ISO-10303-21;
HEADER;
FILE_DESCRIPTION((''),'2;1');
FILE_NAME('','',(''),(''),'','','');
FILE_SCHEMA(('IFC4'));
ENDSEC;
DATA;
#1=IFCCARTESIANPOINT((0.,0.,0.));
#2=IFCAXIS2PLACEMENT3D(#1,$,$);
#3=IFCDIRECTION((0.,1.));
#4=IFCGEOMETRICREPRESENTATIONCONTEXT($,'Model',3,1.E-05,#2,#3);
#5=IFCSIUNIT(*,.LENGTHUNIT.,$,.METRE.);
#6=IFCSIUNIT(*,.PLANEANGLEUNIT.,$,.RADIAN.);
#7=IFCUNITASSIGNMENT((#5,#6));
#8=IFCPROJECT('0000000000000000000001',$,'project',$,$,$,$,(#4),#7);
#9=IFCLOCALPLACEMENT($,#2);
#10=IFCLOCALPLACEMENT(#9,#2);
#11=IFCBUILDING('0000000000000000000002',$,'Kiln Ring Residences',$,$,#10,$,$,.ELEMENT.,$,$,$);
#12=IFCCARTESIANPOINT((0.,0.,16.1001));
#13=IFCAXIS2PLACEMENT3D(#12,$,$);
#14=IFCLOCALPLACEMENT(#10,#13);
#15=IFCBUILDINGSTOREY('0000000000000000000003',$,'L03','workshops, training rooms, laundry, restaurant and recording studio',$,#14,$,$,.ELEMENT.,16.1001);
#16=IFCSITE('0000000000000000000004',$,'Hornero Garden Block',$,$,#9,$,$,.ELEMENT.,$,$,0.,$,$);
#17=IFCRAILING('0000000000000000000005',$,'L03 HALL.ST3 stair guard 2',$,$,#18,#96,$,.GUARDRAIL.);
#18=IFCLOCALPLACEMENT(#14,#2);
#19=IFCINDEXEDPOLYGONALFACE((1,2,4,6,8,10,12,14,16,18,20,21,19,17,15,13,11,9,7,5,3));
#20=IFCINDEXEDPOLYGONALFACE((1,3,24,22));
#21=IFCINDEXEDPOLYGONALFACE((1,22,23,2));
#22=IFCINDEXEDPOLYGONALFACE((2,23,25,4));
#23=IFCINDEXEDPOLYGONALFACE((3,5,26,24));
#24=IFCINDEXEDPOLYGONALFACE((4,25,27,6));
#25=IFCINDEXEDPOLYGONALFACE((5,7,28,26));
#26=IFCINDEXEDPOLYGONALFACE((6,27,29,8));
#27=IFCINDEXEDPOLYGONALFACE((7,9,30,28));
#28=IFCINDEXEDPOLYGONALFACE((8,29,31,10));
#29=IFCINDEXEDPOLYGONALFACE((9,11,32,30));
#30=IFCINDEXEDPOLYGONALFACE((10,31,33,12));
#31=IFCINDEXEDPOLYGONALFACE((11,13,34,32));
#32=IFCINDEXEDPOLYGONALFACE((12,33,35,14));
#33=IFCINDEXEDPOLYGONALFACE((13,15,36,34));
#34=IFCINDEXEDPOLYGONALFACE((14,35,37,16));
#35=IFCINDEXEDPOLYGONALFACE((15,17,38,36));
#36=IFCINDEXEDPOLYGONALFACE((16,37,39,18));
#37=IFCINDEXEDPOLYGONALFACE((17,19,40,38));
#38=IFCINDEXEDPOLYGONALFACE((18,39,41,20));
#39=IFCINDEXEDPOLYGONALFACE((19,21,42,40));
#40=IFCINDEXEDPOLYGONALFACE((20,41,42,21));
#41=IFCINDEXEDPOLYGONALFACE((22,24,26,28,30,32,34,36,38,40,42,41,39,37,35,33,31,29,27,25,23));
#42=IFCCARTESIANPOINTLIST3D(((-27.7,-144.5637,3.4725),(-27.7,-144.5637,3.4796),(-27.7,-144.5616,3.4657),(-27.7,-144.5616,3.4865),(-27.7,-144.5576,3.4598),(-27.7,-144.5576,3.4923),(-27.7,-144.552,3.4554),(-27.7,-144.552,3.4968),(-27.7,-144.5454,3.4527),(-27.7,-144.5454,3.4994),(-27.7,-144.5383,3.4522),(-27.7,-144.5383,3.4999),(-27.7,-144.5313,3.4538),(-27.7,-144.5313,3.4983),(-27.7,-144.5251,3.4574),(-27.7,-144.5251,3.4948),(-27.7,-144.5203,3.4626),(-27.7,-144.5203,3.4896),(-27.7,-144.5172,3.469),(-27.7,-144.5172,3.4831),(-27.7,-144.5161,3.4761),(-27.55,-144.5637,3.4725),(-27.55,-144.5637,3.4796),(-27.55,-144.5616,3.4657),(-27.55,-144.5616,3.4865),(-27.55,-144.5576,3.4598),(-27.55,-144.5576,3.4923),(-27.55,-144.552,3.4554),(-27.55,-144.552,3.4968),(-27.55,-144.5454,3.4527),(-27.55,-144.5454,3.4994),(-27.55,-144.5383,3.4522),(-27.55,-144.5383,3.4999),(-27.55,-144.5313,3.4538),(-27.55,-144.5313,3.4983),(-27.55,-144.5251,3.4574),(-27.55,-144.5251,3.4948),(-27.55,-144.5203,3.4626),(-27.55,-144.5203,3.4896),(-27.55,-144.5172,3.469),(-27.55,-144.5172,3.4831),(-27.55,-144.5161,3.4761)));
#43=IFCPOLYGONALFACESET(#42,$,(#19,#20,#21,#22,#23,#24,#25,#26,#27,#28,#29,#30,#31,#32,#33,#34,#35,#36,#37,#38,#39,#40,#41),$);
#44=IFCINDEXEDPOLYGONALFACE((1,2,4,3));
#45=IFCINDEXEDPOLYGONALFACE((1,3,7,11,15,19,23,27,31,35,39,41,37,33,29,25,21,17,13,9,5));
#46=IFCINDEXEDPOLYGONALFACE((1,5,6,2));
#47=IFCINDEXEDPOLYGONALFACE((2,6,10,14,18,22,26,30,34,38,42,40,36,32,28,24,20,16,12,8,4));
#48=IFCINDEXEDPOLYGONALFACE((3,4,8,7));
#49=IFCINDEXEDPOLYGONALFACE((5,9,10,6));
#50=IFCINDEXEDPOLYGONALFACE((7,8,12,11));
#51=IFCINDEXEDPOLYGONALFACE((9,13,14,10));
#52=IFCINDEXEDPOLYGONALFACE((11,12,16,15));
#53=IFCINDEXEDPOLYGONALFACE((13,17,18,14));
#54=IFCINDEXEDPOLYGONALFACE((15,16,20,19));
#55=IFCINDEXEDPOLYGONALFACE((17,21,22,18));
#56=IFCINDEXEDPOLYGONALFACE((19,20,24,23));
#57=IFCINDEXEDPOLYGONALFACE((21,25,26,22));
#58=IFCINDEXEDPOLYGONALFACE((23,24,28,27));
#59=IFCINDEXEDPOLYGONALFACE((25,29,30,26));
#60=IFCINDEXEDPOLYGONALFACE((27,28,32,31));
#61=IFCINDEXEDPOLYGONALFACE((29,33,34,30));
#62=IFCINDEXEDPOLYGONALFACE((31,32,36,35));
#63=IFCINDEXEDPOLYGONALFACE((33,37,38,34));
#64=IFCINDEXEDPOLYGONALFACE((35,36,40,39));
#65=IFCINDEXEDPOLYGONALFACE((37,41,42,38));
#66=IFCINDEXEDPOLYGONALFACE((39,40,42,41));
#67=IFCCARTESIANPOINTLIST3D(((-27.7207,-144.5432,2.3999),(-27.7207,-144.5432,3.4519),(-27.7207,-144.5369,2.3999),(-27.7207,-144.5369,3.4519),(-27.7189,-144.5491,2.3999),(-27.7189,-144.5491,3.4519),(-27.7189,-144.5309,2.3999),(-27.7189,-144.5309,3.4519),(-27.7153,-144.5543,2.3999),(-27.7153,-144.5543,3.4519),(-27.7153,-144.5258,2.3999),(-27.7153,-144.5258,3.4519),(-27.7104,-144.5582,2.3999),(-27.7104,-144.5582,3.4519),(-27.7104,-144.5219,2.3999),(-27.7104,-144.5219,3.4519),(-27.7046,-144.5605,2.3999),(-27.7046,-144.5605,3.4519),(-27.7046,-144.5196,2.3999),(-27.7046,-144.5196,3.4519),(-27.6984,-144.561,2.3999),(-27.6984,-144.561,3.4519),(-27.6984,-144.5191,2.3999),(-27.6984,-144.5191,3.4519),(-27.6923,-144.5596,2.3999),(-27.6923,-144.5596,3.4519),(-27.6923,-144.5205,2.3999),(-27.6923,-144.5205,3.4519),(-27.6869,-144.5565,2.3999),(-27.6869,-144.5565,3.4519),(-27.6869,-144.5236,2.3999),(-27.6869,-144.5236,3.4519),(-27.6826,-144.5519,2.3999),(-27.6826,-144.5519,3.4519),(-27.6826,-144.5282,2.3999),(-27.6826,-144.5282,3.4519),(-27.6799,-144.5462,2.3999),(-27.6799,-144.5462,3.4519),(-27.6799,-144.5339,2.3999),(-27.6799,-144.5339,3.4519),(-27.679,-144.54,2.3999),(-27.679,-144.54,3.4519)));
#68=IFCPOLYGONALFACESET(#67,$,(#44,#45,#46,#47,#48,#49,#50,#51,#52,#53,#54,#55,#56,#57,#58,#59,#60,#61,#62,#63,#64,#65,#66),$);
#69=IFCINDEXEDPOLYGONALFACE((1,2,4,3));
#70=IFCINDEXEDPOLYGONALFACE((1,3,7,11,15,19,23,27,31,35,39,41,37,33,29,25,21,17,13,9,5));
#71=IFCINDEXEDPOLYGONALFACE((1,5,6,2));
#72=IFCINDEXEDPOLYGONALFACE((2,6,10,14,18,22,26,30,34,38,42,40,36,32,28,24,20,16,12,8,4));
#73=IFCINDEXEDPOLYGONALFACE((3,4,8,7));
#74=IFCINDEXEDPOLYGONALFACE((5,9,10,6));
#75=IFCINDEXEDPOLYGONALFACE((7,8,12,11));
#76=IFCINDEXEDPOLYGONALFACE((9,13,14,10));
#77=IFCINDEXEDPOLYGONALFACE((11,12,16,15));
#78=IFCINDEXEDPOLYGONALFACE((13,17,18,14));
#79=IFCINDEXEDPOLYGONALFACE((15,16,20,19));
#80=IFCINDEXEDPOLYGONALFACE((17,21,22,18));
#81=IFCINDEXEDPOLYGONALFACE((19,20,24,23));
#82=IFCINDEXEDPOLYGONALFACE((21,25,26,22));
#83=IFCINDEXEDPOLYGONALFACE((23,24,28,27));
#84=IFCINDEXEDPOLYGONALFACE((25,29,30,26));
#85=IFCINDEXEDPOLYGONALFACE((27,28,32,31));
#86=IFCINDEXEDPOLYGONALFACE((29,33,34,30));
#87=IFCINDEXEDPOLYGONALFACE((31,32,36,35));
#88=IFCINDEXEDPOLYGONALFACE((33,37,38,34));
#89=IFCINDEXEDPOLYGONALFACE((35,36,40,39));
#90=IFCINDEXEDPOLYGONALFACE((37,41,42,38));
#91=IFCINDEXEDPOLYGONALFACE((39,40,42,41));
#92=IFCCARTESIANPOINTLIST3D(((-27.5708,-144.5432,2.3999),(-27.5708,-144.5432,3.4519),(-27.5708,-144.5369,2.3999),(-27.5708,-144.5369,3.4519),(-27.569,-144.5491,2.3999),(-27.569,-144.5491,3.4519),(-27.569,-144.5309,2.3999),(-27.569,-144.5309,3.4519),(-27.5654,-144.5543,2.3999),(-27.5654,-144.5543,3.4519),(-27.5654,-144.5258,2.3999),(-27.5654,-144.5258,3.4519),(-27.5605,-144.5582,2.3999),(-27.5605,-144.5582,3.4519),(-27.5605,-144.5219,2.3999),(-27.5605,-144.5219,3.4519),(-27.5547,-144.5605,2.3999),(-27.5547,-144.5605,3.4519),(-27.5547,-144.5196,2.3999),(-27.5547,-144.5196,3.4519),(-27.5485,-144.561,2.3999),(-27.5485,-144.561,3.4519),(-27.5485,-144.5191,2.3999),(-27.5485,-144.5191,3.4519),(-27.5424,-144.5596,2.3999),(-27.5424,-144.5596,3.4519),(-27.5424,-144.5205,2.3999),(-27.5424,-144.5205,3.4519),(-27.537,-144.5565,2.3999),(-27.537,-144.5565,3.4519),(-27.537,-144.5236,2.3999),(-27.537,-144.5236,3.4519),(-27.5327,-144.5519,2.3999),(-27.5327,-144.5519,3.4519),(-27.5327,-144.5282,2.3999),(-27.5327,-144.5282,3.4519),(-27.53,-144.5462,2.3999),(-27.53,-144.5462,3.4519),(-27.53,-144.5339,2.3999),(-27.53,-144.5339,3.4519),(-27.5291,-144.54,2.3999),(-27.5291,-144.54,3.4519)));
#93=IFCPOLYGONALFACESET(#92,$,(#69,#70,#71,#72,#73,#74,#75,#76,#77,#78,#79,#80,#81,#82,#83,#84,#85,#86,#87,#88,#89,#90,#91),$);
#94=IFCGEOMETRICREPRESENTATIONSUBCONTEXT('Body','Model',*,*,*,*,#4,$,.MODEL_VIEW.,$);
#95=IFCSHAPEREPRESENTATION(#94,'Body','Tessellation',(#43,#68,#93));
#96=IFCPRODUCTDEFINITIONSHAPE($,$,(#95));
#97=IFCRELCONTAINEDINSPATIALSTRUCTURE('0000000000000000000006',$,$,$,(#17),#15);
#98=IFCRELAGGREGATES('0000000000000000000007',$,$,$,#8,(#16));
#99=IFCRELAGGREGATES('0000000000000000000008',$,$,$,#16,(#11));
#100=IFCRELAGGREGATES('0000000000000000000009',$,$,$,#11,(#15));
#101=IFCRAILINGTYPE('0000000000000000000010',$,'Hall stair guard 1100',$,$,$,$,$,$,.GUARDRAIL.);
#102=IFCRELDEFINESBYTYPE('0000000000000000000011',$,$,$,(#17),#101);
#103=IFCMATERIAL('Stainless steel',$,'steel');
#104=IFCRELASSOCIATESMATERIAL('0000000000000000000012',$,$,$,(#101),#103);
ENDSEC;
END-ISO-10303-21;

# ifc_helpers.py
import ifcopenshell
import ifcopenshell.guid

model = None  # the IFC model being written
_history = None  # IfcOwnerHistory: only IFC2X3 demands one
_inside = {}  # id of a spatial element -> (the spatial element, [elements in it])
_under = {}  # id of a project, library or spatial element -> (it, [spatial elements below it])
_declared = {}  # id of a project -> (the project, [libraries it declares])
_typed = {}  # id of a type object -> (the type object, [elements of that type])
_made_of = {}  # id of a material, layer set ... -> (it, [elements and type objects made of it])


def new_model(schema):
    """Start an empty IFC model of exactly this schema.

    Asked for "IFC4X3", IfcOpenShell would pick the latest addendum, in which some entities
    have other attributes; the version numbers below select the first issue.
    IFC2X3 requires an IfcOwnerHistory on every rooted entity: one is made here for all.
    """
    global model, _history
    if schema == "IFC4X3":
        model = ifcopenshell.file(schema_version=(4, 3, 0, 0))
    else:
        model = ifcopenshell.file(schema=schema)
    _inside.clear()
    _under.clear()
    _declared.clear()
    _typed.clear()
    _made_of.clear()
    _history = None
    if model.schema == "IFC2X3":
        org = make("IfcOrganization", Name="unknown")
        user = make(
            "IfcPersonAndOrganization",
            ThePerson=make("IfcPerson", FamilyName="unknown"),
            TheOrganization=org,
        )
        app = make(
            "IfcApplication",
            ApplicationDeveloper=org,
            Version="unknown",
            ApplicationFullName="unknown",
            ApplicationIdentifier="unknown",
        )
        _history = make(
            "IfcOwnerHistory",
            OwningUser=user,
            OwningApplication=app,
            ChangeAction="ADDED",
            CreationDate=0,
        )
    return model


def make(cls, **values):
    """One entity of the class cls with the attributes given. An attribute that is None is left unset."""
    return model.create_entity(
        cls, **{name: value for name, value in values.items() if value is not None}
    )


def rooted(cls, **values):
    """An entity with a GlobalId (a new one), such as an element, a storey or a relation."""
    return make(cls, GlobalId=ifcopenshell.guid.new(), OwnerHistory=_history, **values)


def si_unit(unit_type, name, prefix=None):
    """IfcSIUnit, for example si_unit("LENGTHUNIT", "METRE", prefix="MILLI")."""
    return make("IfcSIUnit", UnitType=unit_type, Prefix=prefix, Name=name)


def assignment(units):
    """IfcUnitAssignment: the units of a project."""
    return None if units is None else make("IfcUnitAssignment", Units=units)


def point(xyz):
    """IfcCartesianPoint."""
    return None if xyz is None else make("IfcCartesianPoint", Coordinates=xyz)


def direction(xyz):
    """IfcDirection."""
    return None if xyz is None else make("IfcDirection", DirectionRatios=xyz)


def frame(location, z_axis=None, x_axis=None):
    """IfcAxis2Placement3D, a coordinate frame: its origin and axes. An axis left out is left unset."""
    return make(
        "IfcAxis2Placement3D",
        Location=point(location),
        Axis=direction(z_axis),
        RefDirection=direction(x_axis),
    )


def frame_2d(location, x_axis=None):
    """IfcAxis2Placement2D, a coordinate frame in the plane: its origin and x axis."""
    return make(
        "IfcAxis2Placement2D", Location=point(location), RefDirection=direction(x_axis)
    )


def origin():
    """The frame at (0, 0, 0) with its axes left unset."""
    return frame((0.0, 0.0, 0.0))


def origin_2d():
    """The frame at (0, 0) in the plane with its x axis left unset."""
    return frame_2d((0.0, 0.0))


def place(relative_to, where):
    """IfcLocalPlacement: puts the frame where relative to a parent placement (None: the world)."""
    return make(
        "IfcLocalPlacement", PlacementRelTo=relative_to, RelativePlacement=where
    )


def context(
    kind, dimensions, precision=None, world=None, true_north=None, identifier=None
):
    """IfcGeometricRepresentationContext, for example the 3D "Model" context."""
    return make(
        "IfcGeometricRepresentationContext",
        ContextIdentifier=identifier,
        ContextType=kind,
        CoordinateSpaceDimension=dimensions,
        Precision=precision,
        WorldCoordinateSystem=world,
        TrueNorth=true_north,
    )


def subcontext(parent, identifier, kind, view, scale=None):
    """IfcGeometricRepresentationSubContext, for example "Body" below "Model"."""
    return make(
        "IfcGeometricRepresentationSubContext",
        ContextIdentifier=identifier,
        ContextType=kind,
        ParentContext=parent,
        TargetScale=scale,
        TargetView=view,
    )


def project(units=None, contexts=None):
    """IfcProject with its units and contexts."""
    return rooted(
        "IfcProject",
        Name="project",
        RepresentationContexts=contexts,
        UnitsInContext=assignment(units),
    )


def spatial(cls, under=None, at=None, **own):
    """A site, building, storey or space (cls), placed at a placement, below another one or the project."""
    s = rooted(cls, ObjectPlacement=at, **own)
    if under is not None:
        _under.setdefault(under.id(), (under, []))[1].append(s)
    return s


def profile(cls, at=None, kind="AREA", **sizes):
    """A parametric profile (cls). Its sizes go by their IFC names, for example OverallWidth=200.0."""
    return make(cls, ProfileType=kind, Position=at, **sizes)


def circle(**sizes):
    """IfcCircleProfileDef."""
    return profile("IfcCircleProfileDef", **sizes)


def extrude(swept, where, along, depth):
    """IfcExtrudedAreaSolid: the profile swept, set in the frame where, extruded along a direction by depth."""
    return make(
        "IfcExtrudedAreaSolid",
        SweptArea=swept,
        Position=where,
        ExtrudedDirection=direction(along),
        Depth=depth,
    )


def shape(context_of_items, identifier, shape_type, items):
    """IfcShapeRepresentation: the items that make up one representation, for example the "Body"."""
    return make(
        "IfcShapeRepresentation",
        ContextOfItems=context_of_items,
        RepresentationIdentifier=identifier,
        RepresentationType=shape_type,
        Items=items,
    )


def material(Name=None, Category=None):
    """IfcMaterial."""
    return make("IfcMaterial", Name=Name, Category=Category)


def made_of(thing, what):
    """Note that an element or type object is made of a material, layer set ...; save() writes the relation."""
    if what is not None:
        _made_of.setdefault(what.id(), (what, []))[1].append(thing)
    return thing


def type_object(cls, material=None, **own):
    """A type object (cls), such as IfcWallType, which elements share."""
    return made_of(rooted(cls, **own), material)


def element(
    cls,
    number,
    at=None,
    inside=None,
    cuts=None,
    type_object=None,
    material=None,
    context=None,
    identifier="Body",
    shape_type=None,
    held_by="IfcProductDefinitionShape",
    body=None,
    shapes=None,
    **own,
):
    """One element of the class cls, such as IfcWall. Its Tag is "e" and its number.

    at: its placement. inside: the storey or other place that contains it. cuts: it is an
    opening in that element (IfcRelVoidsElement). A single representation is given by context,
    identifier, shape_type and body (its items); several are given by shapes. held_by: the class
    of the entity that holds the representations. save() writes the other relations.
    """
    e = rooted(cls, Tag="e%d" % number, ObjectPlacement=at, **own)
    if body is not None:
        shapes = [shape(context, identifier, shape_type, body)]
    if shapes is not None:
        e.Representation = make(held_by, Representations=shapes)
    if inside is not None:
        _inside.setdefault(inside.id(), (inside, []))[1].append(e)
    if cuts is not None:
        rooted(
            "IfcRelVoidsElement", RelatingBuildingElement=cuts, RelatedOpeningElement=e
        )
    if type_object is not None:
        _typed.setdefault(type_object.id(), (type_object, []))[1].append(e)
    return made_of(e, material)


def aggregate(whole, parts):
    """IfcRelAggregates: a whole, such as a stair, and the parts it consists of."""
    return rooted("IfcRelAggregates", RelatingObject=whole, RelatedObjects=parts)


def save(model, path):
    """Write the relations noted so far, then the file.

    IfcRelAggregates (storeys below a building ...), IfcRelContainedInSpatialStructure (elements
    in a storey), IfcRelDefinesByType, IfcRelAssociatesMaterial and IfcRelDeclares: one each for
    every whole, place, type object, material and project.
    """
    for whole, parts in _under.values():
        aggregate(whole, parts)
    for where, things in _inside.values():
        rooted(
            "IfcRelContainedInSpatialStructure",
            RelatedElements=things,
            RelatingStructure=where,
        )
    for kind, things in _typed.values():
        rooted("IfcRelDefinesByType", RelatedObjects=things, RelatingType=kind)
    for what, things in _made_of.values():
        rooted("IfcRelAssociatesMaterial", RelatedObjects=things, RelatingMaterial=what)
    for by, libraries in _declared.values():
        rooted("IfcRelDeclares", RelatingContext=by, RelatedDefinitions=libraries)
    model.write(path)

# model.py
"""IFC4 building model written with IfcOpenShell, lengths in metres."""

from ifc_helpers import new_model, si_unit, direction, frame, origin, origin_2d, place, context, subcontext, project, spatial, circle, extrude, material, type_object, element, save


model = new_model("IFC4")

# Units and contexts
model_context = context("Model", 3, precision=1e-05, world=origin(), true_north=direction((0.0, 1.0)))
body_context = subcontext(model_context, "Body", "Model", "MODEL_VIEW")
ifc_project = project(units=[si_unit("LENGTHUNIT", "METRE"), si_unit("PLANEANGLEUNIT", "RADIAN")], contexts=[model_context])

# Site, building, storey
site_placement = place(None, origin())
site = spatial("IfcSite", under=ifc_project, at=site_placement, Name="Hornero Garden Block", CompositionType="ELEMENT", RefElevation=0.0)
building_placement = place(site_placement, origin())
building = spatial("IfcBuilding", under=site, at=building_placement, Name="Kiln Ring Residences", CompositionType="ELEMENT")
storey_placement = place(building_placement, frame((0.0, 0.0, 16.1001)))
storey = spatial("IfcBuildingStorey", under=building, at=storey_placement, Name="L03", Description="workshops, training rooms, laundry, restaurant and recording studio", CompositionType="ELEMENT", Elevation=16.1001)

# Railing
ifc_material_1 = material(Name="Stainless steel", Category="steel")
railing_type_1 = type_object("IfcRailingType", Name="Hall stair guard 1100", PredefinedType="GUARDRAIL", material=ifc_material_1)
railing_1_placement = place(storey_placement, frame((-27.7, -144.54, 2.3999)))
element("IfcRailing", 1, at=railing_1_placement, inside=storey, type_object=railing_type_1, Name="L03 HALL.ST3 stair guard 2", PredefinedType="GUARDRAIL", context=body_context, shape_type="SweptSolid", body=[
    extrude(circle(Radius=0.0239, at=origin_2d()), frame((0.0, 0.0, 1.0762), z_axis=(1.0, 0.0, 0.0), x_axis=(0.0, 1.0, 0.0)), (0.0, 0.0, 1.0), 0.1499),
    extrude(circle(Radius=0.021, at=origin_2d()), origin(), (0.0, 0.0, 1.0), 1.052),
    extrude(circle(Radius=0.021, at=origin_2d()), frame((0.1499, 0.0, 0.0)), (0.0, 0.0, 1.0), 1.052),
])

save(model, "model.ifc")
